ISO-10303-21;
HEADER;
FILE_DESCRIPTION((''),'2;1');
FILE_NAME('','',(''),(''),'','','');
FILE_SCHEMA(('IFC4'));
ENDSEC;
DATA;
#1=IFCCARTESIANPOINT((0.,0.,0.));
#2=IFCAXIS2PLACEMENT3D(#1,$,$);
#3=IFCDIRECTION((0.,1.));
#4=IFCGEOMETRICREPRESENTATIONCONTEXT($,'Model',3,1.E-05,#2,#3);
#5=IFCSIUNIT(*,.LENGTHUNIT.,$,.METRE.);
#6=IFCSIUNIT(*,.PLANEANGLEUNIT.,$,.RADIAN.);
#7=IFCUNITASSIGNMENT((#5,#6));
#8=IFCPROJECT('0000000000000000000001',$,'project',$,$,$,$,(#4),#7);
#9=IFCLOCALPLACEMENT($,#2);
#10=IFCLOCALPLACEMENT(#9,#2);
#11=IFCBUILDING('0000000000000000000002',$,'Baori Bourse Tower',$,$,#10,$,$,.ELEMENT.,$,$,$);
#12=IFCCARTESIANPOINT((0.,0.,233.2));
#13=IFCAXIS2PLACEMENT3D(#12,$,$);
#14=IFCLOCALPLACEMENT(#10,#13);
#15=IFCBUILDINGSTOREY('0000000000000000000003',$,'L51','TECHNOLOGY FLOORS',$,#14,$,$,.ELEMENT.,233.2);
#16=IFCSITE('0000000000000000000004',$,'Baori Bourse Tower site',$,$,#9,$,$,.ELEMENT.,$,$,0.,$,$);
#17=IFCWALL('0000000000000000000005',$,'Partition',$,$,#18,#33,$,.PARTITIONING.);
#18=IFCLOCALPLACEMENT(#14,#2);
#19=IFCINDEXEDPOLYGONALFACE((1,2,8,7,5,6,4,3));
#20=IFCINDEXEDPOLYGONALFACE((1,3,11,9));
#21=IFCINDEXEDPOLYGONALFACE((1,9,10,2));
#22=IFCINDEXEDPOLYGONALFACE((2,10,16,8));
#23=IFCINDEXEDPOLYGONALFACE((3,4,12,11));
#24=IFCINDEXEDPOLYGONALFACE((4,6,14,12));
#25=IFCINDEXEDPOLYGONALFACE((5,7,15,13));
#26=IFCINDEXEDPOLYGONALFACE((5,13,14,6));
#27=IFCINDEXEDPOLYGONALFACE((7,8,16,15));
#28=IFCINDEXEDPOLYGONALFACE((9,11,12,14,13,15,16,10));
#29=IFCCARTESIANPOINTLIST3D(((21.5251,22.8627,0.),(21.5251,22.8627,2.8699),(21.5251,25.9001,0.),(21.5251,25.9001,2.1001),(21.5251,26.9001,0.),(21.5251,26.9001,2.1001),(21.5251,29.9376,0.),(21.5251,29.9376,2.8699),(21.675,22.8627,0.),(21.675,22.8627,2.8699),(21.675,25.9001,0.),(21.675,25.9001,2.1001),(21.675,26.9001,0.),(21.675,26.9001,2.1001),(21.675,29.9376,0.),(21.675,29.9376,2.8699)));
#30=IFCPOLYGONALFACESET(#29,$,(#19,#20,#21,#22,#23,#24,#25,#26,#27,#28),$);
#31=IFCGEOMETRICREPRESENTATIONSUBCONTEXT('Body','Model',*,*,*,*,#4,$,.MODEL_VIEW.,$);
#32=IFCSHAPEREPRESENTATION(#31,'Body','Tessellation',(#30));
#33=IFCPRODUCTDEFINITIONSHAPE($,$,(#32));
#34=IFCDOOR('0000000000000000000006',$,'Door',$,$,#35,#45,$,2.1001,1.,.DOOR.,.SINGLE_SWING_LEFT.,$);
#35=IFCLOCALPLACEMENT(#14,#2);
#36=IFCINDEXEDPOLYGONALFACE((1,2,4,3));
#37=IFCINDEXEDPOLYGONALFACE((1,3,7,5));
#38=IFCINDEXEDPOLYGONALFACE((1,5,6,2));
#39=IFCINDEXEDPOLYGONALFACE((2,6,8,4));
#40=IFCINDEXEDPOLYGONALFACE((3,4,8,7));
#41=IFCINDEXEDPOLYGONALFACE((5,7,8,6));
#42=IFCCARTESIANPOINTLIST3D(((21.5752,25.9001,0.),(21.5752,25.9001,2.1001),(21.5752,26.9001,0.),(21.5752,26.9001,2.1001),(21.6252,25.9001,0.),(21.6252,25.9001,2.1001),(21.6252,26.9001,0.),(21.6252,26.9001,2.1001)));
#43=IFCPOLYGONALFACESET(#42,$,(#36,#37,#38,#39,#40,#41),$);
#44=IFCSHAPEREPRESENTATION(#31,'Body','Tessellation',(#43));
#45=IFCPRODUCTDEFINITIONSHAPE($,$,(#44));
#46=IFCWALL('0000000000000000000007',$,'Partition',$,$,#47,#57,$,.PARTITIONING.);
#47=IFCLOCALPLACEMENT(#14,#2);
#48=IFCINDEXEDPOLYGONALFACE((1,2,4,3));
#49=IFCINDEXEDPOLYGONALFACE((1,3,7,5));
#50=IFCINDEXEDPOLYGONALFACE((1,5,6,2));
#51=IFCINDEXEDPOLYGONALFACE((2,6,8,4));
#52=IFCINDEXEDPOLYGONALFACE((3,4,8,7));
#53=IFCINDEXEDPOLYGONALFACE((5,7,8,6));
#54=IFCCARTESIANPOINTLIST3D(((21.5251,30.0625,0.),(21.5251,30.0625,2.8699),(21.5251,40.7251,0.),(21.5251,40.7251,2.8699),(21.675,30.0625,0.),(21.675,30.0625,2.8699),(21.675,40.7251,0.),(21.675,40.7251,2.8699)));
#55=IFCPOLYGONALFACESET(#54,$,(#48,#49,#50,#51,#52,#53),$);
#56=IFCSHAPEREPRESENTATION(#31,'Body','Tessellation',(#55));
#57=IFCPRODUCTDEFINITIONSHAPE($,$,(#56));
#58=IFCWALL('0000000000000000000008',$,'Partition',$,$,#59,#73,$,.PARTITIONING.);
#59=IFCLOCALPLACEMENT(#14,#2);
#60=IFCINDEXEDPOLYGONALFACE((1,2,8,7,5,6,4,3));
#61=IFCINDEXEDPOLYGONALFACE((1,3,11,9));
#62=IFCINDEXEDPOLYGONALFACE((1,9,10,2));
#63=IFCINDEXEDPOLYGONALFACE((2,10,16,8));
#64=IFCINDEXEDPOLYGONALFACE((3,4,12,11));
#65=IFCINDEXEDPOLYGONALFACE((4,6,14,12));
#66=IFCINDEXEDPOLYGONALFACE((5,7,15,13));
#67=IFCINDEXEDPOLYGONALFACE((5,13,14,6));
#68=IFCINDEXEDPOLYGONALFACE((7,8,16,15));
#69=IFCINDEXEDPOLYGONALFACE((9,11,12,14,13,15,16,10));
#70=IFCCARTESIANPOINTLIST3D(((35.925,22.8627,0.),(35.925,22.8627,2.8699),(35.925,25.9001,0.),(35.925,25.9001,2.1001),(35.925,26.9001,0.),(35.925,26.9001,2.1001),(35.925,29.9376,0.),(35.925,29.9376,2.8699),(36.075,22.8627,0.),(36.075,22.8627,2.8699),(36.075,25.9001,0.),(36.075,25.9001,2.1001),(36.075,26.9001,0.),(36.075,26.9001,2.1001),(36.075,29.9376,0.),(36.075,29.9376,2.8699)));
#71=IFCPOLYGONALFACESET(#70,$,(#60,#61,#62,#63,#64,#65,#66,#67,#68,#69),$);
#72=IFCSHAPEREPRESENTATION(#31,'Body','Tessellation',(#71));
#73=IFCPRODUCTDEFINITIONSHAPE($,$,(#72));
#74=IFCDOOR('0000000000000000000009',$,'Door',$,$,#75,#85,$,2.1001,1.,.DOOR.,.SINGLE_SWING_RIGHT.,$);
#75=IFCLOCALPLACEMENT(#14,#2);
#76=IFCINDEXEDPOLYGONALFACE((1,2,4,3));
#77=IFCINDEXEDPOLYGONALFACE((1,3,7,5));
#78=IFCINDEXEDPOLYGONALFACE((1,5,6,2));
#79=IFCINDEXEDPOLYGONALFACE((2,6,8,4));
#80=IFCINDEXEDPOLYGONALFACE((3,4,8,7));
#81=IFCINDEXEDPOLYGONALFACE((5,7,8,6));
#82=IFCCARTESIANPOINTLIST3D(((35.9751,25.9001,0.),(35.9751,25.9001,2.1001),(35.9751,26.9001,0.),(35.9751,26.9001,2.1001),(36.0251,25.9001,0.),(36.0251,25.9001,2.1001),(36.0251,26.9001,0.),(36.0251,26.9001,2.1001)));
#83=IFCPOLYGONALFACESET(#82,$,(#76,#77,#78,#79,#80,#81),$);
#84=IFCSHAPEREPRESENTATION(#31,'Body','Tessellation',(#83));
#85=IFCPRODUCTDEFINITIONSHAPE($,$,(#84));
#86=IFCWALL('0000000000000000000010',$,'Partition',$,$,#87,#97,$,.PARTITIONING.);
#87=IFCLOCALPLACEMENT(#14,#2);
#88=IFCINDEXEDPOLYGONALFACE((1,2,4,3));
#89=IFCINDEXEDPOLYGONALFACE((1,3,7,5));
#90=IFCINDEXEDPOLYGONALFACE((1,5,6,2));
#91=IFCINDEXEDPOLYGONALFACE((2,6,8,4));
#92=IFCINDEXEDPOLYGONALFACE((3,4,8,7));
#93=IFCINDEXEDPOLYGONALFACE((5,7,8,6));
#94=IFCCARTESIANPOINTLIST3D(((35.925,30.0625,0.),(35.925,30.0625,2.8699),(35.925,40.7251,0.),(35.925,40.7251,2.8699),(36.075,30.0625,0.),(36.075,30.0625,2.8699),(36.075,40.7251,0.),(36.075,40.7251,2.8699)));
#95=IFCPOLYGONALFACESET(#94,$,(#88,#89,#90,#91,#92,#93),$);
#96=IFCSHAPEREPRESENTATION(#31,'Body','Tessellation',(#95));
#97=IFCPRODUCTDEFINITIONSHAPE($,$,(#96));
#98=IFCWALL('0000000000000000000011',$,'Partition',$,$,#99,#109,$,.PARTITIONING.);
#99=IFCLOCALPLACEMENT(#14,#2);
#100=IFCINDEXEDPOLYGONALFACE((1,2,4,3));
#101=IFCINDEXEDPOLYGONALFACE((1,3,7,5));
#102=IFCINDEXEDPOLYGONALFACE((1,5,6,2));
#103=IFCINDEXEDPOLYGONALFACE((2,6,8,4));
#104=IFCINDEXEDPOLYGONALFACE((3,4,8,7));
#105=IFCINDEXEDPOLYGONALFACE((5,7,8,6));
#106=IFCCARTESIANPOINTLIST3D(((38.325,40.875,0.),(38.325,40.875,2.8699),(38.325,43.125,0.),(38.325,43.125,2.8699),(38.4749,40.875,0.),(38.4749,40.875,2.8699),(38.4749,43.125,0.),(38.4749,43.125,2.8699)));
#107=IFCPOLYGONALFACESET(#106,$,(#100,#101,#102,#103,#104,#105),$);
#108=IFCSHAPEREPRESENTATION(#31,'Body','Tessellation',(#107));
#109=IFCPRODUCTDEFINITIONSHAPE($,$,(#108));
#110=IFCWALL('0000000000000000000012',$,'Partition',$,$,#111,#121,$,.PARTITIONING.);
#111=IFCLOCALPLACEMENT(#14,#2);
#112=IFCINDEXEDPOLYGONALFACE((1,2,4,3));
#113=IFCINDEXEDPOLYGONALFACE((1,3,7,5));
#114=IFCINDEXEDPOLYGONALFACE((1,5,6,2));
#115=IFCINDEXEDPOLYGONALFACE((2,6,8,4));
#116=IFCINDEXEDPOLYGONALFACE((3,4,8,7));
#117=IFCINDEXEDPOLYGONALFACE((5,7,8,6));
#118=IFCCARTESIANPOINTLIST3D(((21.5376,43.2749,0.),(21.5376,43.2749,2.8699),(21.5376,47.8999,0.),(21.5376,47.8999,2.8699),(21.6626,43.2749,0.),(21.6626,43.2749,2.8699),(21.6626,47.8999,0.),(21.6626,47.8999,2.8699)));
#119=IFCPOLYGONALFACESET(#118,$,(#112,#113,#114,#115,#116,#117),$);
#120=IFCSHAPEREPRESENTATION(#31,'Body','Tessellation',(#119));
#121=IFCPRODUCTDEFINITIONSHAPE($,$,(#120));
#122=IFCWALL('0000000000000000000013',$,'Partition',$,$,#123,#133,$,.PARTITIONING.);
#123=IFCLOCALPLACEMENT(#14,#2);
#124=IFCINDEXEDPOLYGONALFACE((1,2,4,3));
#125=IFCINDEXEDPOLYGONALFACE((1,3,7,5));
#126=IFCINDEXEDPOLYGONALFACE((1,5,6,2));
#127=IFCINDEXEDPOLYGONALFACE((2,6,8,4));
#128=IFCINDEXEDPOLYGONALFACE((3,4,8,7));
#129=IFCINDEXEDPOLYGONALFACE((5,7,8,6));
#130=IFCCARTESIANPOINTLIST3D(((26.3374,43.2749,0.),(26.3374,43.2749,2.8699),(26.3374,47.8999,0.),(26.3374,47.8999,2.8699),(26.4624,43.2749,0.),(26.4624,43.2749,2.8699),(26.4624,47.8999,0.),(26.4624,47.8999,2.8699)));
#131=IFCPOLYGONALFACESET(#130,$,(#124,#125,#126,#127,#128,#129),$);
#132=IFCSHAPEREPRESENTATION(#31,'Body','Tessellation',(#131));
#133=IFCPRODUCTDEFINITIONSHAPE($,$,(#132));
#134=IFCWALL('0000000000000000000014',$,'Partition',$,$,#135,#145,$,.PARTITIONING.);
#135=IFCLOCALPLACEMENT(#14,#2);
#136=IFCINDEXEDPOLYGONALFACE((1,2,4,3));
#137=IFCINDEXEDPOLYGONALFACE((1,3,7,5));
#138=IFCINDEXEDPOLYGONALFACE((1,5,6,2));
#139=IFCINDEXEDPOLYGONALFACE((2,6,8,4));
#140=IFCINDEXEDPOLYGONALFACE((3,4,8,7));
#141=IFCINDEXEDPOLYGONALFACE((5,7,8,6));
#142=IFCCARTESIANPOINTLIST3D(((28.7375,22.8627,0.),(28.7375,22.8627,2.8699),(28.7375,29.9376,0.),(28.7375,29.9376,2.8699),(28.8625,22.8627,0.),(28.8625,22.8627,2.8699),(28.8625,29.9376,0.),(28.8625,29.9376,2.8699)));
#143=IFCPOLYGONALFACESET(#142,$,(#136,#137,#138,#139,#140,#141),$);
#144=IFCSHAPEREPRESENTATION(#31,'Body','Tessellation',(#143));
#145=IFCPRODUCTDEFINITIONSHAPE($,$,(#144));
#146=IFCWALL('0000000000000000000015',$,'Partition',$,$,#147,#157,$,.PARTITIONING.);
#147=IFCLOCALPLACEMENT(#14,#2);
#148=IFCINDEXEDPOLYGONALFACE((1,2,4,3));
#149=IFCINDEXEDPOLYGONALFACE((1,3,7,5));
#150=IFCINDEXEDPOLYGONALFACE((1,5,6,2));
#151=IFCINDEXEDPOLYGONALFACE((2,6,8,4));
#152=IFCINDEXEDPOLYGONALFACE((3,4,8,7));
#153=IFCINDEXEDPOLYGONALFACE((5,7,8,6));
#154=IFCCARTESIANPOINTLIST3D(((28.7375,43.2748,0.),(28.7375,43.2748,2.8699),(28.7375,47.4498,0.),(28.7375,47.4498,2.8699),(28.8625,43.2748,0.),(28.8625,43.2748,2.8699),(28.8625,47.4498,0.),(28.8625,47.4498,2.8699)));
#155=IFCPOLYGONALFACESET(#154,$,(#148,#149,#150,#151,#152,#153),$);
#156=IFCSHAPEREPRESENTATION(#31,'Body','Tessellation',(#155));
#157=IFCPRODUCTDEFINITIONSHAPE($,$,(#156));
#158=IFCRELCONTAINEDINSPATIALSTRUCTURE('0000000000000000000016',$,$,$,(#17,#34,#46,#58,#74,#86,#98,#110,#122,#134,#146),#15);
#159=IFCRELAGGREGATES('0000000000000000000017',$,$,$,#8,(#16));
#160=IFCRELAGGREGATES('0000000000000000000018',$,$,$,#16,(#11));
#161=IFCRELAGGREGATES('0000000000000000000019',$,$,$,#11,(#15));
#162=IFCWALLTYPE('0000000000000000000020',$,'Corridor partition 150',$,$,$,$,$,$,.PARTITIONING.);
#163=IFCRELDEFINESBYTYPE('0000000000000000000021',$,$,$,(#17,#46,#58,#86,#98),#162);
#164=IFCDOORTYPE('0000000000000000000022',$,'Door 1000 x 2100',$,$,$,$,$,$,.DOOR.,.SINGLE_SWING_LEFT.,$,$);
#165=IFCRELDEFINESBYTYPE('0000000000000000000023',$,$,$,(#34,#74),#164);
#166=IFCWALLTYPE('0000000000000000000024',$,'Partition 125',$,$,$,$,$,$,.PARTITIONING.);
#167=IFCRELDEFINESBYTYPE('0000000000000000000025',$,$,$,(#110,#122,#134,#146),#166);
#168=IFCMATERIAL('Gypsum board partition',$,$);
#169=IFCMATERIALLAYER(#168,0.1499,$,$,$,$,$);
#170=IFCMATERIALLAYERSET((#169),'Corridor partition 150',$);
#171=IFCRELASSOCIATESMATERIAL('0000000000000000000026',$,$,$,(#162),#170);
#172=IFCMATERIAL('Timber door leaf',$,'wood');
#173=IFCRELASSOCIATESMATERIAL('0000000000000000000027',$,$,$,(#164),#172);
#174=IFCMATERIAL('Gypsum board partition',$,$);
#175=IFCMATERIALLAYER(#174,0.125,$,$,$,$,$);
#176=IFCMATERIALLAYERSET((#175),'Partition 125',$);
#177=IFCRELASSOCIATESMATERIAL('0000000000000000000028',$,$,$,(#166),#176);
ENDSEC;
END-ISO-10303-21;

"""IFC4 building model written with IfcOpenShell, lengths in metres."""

from ifc_helpers import new_model, si_unit, direction, frame, frame_2d, origin, place, context, subcontext, project, spatial, rectangle, extrude, material, layer, layer_set, type_object, element, fill, save


model = new_model("IFC4")

# Units and contexts
model_context = context("Model", 3, precision=1e-05, world=origin(), true_north=direction((0.0, 1.0)))
body_context = subcontext(model_context, "Body", "Model", "MODEL_VIEW")
ifc_project = project(units=[si_unit("LENGTHUNIT", "METRE"), si_unit("PLANEANGLEUNIT", "RADIAN")], contexts=[model_context])

# Site, building, storey
site_placement = place(None, origin())
site = spatial("IfcSite", under=ifc_project, at=site_placement, Name="Baori Bourse Tower site", CompositionType="ELEMENT", RefElevation=0.0)
building_placement = place(site_placement, origin())
building = spatial("IfcBuilding", under=site, at=building_placement, Name="Baori Bourse Tower", CompositionType="ELEMENT")
storey_placement = place(building_placement, frame((0.0, 0.0, 233.2)))
storey = spatial("IfcBuildingStorey", under=building, at=storey_placement, Name="L51", Description="TECHNOLOGY FLOORS", CompositionType="ELEMENT", Elevation=233.2)

# Wall, opening, door
ifc_material_1 = material(Name="Gypsum board partition")
ifc_layer_1 = layer(ifc_material_1, 0.1499)
ifc_layer_set_1 = layer_set([ifc_layer_1], Name="Corridor partition 150")
wall_type_1 = type_object("IfcWallType", Name="Corridor partition 150", PredefinedType="PARTITIONING", material=ifc_layer_set_1)
ifc_material_2 = material(Name="Timber door leaf", Category="wood")
door_type = type_object("IfcDoorType", Name="Door 1000 x 2100", OperationType="SINGLE_SWING_LEFT", PredefinedType="DOOR", material=ifc_material_2)
wall_1_placement = place(storey_placement, frame((21.6001, 22.8625, 0.0), z_axis=(0.0, 0.0, 1.0), x_axis=(0.0, 1.0, 0.0)))
wall_1 = element("IfcWall", 1, at=wall_1_placement, inside=storey, type_object=wall_type_1, Name="Partition", PredefinedType="PARTITIONING", context=body_context, shape_type="SweptSolid", body=[
    extrude(rectangle(XDim=7.075, YDim=0.1499, at=frame_2d((3.5376, 0.0))), origin(), (0.0, 0.0, 1.0), 2.8699),
])
opening_1_placement = place(wall_1_placement, frame((3.0376, 0.0, 0.0)))
opening_1 = element("IfcOpeningElement", 2, at=opening_1_placement, cuts=wall_1, PredefinedType="OPENING", context=body_context, shape_type="SweptSolid", body=[
    extrude(rectangle(XDim=1.0, YDim=2.1001, at=frame_2d((0.5, 1.05))), frame((0.0, 0.085, 0.0), z_axis=(0.0, -1.0, 0.0), x_axis=(1.0, 0.0, 0.0)), (0.0, 0.0, 1.0), 0.1699),
])
door_1_placement = place(opening_1_placement, origin())
door_1 = element("IfcDoor", 3, at=door_1_placement, inside=storey, type_object=door_type, Name="Door", OperationType="SINGLE_SWING_LEFT", OverallHeight=2.1001, OverallWidth=1.0, PredefinedType="DOOR", context=body_context, shape_type="SweptSolid", body=[
    extrude(rectangle(XDim=1.0, YDim=2.1001, at=frame_2d((0.5, 1.05))), frame((0.0, 0.0249, 0.0), z_axis=(0.0, -1.0, 0.0), x_axis=(1.0, 0.0, 0.0)), (0.0, 0.0, 1.0), 0.05),
])
fill(opening_1, door_1)

# Wall
wall_2_placement = place(storey_placement, frame((21.6001, 30.0625, 0.0), z_axis=(0.0, 0.0, 1.0), x_axis=(0.0, 1.0, 0.0)))
element("IfcWall", 4, at=wall_2_placement, inside=storey, type_object=wall_type_1, Name="Partition", PredefinedType="PARTITIONING", context=body_context, shape_type="SweptSolid", body=[
    extrude(rectangle(XDim=10.6626, YDim=0.1499, at=frame_2d((5.3313, 0.0))), origin(), (0.0, 0.0, 1.0), 2.8699),
])

# Wall, opening, door
wall_3_placement = place(storey_placement, frame((36.0, 22.8625, 0.0), z_axis=(0.0, 0.0, 1.0), x_axis=(0.0, 1.0, 0.0)))
wall_3 = element("IfcWall", 5, at=wall_3_placement, inside=storey, type_object=wall_type_1, Name="Partition", PredefinedType="PARTITIONING", context=body_context, shape_type="SweptSolid", body=[
    extrude(rectangle(XDim=7.075, YDim=0.1499, at=frame_2d((3.5376, 0.0))), origin(), (0.0, 0.0, 1.0), 2.8699),
])
opening_2_placement = place(wall_3_placement, frame((3.0376, 0.0, 0.0)))
opening_2 = element("IfcOpeningElement", 6, at=opening_2_placement, cuts=wall_3, PredefinedType="OPENING", context=body_context, shape_type="SweptSolid", body=[
    extrude(rectangle(XDim=1.0, YDim=2.1001, at=frame_2d((0.5, 1.05))), frame((0.0, 0.085, 0.0), z_axis=(0.0, -1.0, 0.0), x_axis=(1.0, 0.0, 0.0)), (0.0, 0.0, 1.0), 0.1699),
])
door_2_placement = place(opening_2_placement, origin())
door_2 = element("IfcDoor", 7, at=door_2_placement, inside=storey, type_object=door_type, Name="Door", OperationType="SINGLE_SWING_RIGHT", OverallHeight=2.1001, OverallWidth=1.0, PredefinedType="DOOR", context=body_context, shape_type="SweptSolid", body=[
    extrude(rectangle(XDim=1.0, YDim=2.1001, at=frame_2d((0.5, 1.05))), frame((0.0, 0.0249, 0.0), z_axis=(0.0, -1.0, 0.0), x_axis=(1.0, 0.0, 0.0)), (0.0, 0.0, 1.0), 0.05),
])
fill(opening_2, door_2)

# Walls
wall_4_placement = place(storey_placement, frame((36.0, 30.0625, 0.0), z_axis=(0.0, 0.0, 1.0), x_axis=(0.0, 1.0, 0.0)))
element("IfcWall", 8, at=wall_4_placement, inside=storey, type_object=wall_type_1, Name="Partition", PredefinedType="PARTITIONING", context=body_context, shape_type="SweptSolid", body=[
    extrude(rectangle(XDim=10.6626, YDim=0.1499, at=frame_2d((5.3313, 0.0))), origin(), (0.0, 0.0, 1.0), 2.8699),
])
wall_5_placement = place(storey_placement, frame((38.3999, 40.875, 0.0), z_axis=(0.0, 0.0, 1.0), x_axis=(0.0, 1.0, 0.0)))
element("IfcWall", 9, at=wall_5_placement, inside=storey, type_object=wall_type_1, Name="Partition", PredefinedType="PARTITIONING", context=body_context, shape_type="SweptSolid", body=[
    extrude(rectangle(XDim=2.25, YDim=0.1499, at=frame_2d((1.125, 0.0))), origin(), (0.0, 0.0, 1.0), 2.8699),
])
ifc_material_3 = material(Name="Gypsum board partition")
ifc_layer_2 = layer(ifc_material_3, 0.125)
ifc_layer_set_2 = layer_set([ifc_layer_2], Name="Partition 125")
wall_type_2 = type_object("IfcWallType", Name="Partition 125", PredefinedType="PARTITIONING", material=ifc_layer_set_2)
for number, where, z_axis, x_axis, name in (
    (10, (21.6001, 43.2749, 0.0), (0.0, 0.0, 1.0), (0.0, 1.0, 0.0), "Partition"),
    (11, (26.3999, 43.2749, 0.0), (0.0, 0.0, 1.0), (0.0, 1.0, 0.0), "Partition"),
):
    element("IfcWall", number, at=place(storey_placement, frame(where, z_axis=z_axis, x_axis=x_axis)), inside=storey, type_object=wall_type_2, Name=name, PredefinedType="PARTITIONING", context=body_context, shape_type="SweptSolid", body=[
        extrude(rectangle(XDim=4.625, YDim=0.125, at=frame_2d((2.3125, 0.0))), origin(), (0.0, 0.0, 1.0), 2.8699),
    ])
wall_6_placement = place(storey_placement, frame((28.8, 22.8625, 0.0), z_axis=(0.0, 0.0, 1.0), x_axis=(0.0, 1.0, 0.0)))
element("IfcWall", 12, at=wall_6_placement, inside=storey, type_object=wall_type_2, Name="Partition", PredefinedType="PARTITIONING", context=body_context, shape_type="SweptSolid", body=[
    extrude(rectangle(XDim=7.075, YDim=0.125, at=frame_2d((3.5376, 0.0))), origin(), (0.0, 0.0, 1.0), 2.8699),
])
wall_7_placement = place(storey_placement, frame((28.8, 43.2749, 0.0), z_axis=(0.0, 0.0, 1.0), x_axis=(0.0, 1.0, 0.0)))
element("IfcWall", 13, at=wall_7_placement, inside=storey, type_object=wall_type_2, Name="Partition", PredefinedType="PARTITIONING", context=body_context, shape_type="SweptSolid", body=[
    extrude(rectangle(XDim=4.175, YDim=0.125, at=frame_2d((2.0874, 0.0))), origin(), (0.0, 0.0, 1.0), 2.8699),
])

save(model, "model.ifc")
